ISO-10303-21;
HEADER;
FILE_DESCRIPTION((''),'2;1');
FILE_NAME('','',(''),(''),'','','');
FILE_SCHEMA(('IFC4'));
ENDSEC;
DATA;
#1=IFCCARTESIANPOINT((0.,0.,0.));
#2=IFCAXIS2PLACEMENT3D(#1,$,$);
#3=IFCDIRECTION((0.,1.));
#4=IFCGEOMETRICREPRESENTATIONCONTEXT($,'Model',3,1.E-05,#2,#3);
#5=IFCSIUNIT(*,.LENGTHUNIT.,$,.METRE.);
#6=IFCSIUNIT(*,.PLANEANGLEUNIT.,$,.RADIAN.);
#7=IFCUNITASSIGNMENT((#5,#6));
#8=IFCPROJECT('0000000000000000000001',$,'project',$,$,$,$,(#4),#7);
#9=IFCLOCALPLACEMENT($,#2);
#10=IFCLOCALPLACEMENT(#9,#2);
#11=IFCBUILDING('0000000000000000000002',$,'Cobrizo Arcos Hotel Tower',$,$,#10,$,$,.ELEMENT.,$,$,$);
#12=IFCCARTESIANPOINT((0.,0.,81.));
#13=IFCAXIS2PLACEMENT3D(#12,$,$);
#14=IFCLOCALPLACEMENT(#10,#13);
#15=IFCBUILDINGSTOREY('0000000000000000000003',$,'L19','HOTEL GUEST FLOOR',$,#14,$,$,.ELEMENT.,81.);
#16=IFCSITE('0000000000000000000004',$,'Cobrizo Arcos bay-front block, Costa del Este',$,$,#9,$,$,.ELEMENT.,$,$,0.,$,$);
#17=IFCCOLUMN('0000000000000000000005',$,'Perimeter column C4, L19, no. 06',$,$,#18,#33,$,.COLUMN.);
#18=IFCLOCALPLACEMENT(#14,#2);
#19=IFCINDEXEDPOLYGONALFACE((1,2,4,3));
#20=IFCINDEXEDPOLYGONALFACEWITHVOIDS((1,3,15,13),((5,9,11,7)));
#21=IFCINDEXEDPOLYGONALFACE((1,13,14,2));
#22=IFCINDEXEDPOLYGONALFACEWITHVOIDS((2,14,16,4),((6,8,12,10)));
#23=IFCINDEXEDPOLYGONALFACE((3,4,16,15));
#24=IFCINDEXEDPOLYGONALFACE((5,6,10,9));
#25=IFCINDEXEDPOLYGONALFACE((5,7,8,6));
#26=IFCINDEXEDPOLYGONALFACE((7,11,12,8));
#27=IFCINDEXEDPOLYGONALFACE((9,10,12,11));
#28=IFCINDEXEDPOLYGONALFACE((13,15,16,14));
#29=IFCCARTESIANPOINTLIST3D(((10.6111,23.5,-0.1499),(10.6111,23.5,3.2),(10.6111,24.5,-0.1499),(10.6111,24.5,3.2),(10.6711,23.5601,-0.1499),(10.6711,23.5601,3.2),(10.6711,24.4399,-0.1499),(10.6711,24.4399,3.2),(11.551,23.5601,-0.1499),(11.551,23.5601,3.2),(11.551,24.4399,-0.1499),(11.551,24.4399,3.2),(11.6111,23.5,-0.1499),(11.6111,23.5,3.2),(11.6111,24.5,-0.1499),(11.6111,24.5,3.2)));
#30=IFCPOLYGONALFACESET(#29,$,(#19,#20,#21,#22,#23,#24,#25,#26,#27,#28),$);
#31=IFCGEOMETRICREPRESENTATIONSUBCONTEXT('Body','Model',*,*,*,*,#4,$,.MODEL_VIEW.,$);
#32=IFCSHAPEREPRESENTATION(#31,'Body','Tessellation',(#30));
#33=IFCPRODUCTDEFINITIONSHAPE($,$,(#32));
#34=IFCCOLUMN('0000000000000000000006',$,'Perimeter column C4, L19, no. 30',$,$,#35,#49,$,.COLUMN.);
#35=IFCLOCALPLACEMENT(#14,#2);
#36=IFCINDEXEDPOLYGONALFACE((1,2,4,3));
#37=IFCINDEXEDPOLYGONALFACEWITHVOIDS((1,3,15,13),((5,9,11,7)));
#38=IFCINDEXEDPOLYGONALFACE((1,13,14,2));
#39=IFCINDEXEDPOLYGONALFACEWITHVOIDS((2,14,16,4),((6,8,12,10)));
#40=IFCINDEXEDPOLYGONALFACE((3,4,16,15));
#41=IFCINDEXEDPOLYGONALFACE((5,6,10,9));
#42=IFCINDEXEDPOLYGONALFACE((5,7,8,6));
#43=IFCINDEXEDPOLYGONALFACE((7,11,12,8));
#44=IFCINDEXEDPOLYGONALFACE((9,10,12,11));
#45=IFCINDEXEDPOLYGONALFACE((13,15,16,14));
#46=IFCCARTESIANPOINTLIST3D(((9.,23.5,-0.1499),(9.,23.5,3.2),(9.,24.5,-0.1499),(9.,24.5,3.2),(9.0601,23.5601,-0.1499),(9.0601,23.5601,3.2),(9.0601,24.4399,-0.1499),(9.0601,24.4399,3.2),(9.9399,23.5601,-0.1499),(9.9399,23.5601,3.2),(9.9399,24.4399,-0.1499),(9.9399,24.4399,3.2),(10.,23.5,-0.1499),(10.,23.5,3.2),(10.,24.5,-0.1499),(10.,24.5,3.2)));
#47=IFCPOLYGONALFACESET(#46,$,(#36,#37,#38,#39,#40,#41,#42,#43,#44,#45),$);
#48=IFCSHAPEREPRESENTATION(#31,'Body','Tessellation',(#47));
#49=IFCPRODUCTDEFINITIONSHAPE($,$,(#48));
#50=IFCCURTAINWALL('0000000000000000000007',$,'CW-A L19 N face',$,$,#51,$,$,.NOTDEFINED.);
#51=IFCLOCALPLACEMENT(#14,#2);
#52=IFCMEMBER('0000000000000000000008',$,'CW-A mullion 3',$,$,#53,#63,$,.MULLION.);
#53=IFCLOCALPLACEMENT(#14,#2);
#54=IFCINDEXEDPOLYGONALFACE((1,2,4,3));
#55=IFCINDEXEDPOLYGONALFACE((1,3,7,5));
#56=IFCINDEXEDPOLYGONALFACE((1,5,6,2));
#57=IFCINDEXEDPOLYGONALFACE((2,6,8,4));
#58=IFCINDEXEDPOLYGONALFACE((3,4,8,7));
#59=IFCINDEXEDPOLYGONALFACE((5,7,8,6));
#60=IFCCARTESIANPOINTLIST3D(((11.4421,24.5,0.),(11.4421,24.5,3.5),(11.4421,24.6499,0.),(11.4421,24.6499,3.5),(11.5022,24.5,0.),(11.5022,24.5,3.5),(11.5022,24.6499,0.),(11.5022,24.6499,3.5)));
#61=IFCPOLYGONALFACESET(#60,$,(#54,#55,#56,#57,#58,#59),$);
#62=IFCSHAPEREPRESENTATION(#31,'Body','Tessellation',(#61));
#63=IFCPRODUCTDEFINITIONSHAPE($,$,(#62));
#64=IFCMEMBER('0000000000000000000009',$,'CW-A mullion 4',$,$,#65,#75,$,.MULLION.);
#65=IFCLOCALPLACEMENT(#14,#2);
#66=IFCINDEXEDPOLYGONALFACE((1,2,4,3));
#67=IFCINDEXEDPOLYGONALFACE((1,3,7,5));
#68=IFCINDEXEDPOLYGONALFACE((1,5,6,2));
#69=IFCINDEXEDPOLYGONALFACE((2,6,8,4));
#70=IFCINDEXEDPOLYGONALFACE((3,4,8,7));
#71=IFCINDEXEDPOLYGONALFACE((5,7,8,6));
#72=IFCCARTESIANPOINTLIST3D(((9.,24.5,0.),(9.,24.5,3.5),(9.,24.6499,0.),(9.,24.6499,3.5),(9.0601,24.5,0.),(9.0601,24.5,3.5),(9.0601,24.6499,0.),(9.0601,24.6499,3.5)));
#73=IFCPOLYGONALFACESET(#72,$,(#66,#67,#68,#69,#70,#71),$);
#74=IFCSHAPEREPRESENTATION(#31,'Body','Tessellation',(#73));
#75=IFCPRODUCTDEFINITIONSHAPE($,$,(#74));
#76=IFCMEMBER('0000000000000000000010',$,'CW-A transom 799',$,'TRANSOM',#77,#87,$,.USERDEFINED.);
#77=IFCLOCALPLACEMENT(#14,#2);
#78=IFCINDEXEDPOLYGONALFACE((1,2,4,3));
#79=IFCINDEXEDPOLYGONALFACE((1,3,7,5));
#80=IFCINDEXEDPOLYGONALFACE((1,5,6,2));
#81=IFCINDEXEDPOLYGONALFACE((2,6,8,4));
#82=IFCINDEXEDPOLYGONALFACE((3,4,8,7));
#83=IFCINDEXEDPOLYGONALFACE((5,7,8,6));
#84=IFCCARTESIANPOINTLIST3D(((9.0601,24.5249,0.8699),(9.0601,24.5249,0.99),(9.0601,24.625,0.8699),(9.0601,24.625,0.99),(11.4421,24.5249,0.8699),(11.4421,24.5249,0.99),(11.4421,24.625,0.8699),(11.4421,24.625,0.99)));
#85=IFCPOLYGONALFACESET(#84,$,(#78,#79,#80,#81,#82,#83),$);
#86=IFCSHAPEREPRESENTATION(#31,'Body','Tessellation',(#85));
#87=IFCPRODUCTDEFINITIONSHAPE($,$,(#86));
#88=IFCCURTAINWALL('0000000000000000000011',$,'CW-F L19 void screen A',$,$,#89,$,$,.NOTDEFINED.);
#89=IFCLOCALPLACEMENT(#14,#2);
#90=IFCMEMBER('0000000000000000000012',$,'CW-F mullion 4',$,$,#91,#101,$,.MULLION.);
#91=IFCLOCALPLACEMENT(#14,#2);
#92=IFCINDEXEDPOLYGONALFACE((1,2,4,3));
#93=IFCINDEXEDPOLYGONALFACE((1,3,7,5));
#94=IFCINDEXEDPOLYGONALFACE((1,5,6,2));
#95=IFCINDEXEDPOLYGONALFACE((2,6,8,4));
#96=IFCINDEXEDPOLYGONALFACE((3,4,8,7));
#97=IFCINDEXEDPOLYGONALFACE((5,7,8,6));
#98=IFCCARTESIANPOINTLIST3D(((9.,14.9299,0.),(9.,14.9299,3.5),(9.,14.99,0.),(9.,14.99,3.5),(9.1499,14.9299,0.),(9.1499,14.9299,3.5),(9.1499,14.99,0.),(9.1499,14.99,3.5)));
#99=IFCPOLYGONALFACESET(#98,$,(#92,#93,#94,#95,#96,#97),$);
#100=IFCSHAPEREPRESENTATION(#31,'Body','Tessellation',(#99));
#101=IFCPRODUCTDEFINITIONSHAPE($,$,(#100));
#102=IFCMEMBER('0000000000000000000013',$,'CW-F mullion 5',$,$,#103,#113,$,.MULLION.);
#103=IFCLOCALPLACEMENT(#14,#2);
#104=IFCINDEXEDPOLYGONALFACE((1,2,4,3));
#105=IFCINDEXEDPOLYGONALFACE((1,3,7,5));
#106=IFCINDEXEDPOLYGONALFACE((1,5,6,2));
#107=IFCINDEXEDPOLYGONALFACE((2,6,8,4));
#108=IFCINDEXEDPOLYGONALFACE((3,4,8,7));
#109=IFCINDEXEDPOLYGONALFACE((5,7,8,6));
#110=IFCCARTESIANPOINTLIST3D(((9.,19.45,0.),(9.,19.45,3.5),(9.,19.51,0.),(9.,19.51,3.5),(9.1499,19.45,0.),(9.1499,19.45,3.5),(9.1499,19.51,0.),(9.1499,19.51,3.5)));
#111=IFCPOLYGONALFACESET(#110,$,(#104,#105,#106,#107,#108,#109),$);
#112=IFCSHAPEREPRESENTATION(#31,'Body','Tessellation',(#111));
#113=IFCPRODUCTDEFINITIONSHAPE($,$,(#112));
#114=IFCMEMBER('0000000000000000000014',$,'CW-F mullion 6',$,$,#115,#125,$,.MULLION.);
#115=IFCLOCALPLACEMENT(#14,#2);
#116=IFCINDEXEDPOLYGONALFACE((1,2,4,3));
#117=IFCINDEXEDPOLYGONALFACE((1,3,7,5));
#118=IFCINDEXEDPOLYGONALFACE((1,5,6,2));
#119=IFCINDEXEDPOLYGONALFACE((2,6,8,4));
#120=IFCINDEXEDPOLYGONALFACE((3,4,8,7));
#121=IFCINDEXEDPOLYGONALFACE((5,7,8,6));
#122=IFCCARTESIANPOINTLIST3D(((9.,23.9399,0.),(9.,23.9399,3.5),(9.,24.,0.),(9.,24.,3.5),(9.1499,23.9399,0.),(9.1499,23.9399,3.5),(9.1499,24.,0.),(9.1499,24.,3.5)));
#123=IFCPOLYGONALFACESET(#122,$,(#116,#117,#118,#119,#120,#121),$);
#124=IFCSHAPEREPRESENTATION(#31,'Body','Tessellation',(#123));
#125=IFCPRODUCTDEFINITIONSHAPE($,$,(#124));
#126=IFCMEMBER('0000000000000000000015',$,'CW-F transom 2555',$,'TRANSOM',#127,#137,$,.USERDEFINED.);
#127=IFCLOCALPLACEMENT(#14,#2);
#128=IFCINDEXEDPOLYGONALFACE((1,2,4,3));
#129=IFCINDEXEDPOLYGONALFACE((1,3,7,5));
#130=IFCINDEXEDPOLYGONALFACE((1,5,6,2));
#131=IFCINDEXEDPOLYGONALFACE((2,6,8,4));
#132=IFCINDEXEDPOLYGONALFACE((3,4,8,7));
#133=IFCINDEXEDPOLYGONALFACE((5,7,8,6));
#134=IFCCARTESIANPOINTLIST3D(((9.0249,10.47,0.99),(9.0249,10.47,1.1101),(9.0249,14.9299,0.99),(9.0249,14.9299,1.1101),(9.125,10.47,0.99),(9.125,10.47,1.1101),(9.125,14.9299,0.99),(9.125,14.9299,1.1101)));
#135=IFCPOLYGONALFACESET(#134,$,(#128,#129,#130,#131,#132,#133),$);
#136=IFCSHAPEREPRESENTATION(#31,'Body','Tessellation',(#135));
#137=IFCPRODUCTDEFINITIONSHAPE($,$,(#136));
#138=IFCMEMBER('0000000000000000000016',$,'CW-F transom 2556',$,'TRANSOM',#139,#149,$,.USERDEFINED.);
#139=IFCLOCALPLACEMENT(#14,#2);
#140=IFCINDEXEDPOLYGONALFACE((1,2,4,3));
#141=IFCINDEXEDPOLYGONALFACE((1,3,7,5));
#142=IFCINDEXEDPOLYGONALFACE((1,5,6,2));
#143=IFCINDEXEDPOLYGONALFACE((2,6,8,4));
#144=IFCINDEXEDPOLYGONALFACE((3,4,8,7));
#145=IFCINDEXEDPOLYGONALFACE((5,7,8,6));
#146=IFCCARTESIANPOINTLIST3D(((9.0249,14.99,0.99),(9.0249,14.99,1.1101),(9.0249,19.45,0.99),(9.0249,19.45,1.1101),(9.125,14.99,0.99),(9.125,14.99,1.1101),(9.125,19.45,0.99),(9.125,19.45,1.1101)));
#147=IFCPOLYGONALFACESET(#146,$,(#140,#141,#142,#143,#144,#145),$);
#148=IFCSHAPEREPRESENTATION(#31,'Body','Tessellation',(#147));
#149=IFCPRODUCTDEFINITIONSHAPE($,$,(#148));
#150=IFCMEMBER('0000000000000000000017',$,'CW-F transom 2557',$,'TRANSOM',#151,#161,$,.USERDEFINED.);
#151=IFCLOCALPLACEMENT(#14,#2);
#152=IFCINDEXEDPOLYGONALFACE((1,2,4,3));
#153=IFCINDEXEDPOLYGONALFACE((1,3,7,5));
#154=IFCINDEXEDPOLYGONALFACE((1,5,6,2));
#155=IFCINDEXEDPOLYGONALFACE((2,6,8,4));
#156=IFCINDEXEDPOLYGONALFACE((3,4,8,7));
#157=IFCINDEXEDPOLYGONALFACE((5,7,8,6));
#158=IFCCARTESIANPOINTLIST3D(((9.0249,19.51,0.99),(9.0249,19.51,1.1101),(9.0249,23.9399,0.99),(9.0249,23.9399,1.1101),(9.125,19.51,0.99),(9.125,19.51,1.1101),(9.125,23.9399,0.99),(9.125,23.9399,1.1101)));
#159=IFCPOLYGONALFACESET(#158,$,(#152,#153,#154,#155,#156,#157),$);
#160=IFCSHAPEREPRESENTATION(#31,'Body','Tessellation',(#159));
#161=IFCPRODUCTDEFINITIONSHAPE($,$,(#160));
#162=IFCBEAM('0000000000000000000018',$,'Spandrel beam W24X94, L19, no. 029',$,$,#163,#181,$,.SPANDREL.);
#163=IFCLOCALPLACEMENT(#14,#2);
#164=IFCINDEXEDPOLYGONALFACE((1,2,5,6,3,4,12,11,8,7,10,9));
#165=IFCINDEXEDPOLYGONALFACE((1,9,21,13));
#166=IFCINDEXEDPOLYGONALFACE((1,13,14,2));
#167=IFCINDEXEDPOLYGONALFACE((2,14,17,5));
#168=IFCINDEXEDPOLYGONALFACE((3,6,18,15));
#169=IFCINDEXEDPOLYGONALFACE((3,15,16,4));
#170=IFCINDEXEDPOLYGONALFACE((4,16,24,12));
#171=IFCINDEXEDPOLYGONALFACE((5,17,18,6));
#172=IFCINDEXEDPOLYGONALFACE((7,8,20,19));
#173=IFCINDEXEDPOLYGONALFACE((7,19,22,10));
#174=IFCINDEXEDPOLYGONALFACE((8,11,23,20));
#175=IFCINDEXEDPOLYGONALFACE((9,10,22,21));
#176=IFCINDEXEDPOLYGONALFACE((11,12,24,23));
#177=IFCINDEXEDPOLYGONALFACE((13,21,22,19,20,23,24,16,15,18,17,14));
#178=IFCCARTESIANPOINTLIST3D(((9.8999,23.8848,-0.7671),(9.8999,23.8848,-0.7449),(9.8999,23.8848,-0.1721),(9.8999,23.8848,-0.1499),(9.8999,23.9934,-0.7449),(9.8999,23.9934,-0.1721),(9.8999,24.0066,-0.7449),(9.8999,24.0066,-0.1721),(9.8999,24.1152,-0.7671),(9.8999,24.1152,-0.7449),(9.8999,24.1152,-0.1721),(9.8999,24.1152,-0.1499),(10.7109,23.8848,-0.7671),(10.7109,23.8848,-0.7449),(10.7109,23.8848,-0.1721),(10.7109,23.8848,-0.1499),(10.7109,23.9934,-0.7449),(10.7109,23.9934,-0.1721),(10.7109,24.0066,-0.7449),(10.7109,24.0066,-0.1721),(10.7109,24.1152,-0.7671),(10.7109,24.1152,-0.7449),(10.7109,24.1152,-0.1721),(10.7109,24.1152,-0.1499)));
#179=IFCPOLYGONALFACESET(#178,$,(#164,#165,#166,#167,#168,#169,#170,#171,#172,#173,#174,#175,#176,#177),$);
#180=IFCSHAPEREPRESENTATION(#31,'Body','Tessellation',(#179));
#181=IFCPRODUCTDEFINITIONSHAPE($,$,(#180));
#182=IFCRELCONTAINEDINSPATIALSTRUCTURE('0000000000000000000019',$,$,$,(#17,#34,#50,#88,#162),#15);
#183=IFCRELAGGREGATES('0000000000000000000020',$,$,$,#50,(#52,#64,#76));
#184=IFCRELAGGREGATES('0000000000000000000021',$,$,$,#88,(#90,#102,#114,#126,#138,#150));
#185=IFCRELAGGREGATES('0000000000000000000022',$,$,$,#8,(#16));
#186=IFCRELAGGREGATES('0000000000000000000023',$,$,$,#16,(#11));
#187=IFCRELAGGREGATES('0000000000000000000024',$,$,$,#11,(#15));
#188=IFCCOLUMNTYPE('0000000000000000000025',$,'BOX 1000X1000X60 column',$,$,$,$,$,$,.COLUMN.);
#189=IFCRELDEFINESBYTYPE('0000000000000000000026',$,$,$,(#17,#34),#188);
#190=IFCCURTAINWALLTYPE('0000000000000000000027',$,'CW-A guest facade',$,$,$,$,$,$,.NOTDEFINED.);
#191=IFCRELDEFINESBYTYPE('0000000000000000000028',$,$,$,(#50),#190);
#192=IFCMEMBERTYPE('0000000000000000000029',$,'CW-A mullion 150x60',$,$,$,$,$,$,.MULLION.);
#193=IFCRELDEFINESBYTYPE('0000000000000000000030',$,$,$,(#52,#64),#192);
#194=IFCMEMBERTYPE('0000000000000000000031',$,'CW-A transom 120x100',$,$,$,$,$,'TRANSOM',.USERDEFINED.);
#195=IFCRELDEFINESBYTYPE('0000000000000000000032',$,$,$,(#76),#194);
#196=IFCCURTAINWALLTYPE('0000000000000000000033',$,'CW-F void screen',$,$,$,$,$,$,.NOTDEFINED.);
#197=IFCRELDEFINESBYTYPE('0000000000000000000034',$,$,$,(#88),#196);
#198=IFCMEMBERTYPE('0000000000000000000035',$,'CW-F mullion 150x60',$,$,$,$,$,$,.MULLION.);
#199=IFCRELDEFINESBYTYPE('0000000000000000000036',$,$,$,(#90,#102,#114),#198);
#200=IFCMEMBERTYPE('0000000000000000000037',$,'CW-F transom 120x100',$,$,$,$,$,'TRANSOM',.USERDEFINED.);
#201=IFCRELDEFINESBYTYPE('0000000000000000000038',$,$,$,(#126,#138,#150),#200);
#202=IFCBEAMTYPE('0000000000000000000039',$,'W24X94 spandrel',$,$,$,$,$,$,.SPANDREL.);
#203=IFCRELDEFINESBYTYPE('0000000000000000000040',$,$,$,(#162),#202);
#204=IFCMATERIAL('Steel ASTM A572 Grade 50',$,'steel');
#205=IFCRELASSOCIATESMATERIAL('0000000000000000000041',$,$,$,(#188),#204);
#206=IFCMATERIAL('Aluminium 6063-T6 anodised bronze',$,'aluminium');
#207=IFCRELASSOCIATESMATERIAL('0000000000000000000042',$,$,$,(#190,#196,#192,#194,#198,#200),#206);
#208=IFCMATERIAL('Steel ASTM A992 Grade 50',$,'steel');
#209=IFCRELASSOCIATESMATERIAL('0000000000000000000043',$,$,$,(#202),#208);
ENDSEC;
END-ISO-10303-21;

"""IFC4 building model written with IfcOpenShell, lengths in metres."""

from ifc_helpers import new_model, si_unit, direction, frame, origin, origin_2d, place, context, subcontext, project, spatial, rectangle, hollow_rectangle, i_section, extrude, material, material_profile, profile_set, type_object, element, aggregate, save


model = new_model("IFC4")

# Units and contexts
model_context = context("Model", 3, precision=1e-05, world=origin(), true_north=direction((0.0, 1.0)))
body_context = subcontext(model_context, "Body", "Model", "MODEL_VIEW")
ifc_project = project(units=[si_unit("LENGTHUNIT", "METRE"), si_unit("PLANEANGLEUNIT", "RADIAN")], contexts=[model_context])

# Site, building, storey
site_placement = place(None, origin())
site = spatial("IfcSite", under=ifc_project, at=site_placement, Name="Cobrizo Arcos bay-front block, Costa del Este", CompositionType="ELEMENT", RefElevation=0.0)
building_placement = place(site_placement, origin())
building = spatial("IfcBuilding", under=site, at=building_placement, Name="Cobrizo Arcos Hotel Tower", CompositionType="ELEMENT")
storey_placement = place(building_placement, frame((0.0, 0.0, 81.0)))
storey = spatial("IfcBuildingStorey", under=building, at=storey_placement, Name="L19", Description="HOTEL GUEST FLOOR", CompositionType="ELEMENT", Elevation=81.0)

# Columns
ifc_material_1 = material(Name="Steel ASTM A572 Grade 50", Category="steel")
ifc_material_profile_1 = material_profile(ifc_material_1, hollow_rectangle(XDim=1.0, YDim=1.0, WallThickness=0.0601, at=origin_2d()), Name="BOX 1000X1000X60")
ifc_profile_set_1 = profile_set([ifc_material_profile_1], Name="Steel ASTM A572 Grade 50")
column_type = type_object("IfcColumnType", Name="BOX 1000X1000X60 column", PredefinedType="COLUMN", material=ifc_profile_set_1)
for number, where, z_axis, x_axis, name in (
    (1, (11.1111, 24.0, -0.1499), (0.0, 0.0, 1.0), (1.0, 0.0, 0.0), "Perimeter column C4, L19, no. 06"),
    (2, (9.5, 24.0, -0.1499), (0.0, 0.0, 1.0), (1.0, 0.0, 0.0), "Perimeter column C4, L19, no. 30"),
):
    element("IfcColumn", number, at=place(storey_placement, frame(where, z_axis=z_axis, x_axis=x_axis)), inside=storey, type_object=column_type, Name=name, PredefinedType="COLUMN", context=body_context, shape_type="SweptSolid", body=[
        extrude(hollow_rectangle(XDim=1.0, YDim=1.0, WallThickness=0.0601, at=origin_2d()), origin(), (0.0, 0.0, 1.0), 3.3499),
    ])

# Curtain walls, members
ifc_material_2 = material(Name="Aluminium 6063-T6 anodised bronze", Category="aluminium")
curtain_wall_type_1 = type_object("IfcCurtainWallType", Name="CW-A guest facade", PredefinedType="NOTDEFINED", material=ifc_material_2)
curtain_wall_1_placement = place(storey_placement, origin())
curtain_wall_1 = element("IfcCurtainWall", 3, at=curtain_wall_1_placement, inside=storey, type_object=curtain_wall_type_1, Name="CW-A L19 N face", PredefinedType="NOTDEFINED")
ifc_material_profile_2 = material_profile(ifc_material_2, rectangle(XDim=0.1499, YDim=0.0601, at=origin_2d()), Name="CW-A mullion 150x60")
ifc_profile_set_2 = profile_set([ifc_material_profile_2], Name="Aluminium 6063-T6 anodised bronze")
member_type_1 = type_object("IfcMemberType", Name="CW-A mullion 150x60", PredefinedType="MULLION", material=ifc_profile_set_2)
member_1_placement = place(storey_placement, frame((11.4722, 24.575, 0.0), z_axis=(0.0, 0.0, 1.0), x_axis=(0.0, 1.0, 0.0)))
member_1 = element("IfcMember", 4, at=member_1_placement, type_object=member_type_1, Name="CW-A mullion 3", PredefinedType="MULLION", context=body_context, shape_type="SweptSolid", body=[
    extrude(rectangle(XDim=0.1499, YDim=0.0601, at=origin_2d()), origin(), (0.0, 0.0, 1.0), 3.5),
])
member_2_placement = place(storey_placement, frame((9.03, 24.575, 0.0), z_axis=(0.0, 0.0, 1.0), x_axis=(0.0, 1.0, 0.0)))
member_2 = element("IfcMember", 5, at=member_2_placement, type_object=member_type_1, Name="CW-A mullion 4", PredefinedType="MULLION", context=body_context, shape_type="SweptSolid", body=[
    extrude(rectangle(XDim=0.1499, YDim=0.0601, at=origin_2d()), origin(), (0.0, 0.0, 1.0), 3.5),
])
ifc_material_profile_3 = material_profile(ifc_material_2, rectangle(XDim=0.1001, YDim=0.1201, at=origin_2d()), Name="CW-A transom 120x100")
ifc_profile_set_3 = profile_set([ifc_material_profile_3], Name="Aluminium 6063-T6 anodised bronze")
member_type_2 = type_object("IfcMemberType", Name="CW-A transom 120x100", ElementType="TRANSOM", PredefinedType="USERDEFINED", material=ifc_profile_set_3)
member_3_placement = place(storey_placement, frame((11.4421, 24.575, 0.9299), z_axis=(-1.0, 0.0, 0.0), x_axis=(0.0, -1.0, 0.0)))
member_3 = element("IfcMember", 6, at=member_3_placement, type_object=member_type_2, Name="CW-A transom 799", ObjectType="TRANSOM", PredefinedType="USERDEFINED", context=body_context, shape_type="SweptSolid", body=[
    extrude(rectangle(XDim=0.1001, YDim=0.1201, at=origin_2d()), origin(), (0.0, 0.0, 1.0), 2.3821),
])
curtain_wall_type_2 = type_object("IfcCurtainWallType", Name="CW-F void screen", PredefinedType="NOTDEFINED", material=ifc_material_2)
curtain_wall_2_placement = place(storey_placement, origin())
curtain_wall_2 = element("IfcCurtainWall", 7, at=curtain_wall_2_placement, inside=storey, type_object=curtain_wall_type_2, Name="CW-F L19 void screen A", PredefinedType="NOTDEFINED")
ifc_material_profile_4 = material_profile(ifc_material_2, rectangle(XDim=0.1499, YDim=0.0601, at=origin_2d()), Name="CW-F mullion 150x60")
ifc_profile_set_4 = profile_set([ifc_material_profile_4], Name="Aluminium 6063-T6 anodised bronze")
member_type_3 = type_object("IfcMemberType", Name="CW-F mullion 150x60", PredefinedType="MULLION", material=ifc_profile_set_4)
member_4_placement = place(storey_placement, frame((9.075, 14.96, 0.0), z_axis=(0.0, 0.0, 1.0), x_axis=(1.0, 0.0, 0.0)))
member_4 = element("IfcMember", 8, at=member_4_placement, type_object=member_type_3, Name="CW-F mullion 4", PredefinedType="MULLION", context=body_context, shape_type="SweptSolid", body=[
    extrude(rectangle(XDim=0.1499, YDim=0.0601, at=origin_2d()), origin(), (0.0, 0.0, 1.0), 3.5),
])
member_5_placement = place(storey_placement, frame((9.075, 19.48, 0.0), z_axis=(0.0, 0.0, 1.0), x_axis=(1.0, 0.0, 0.0)))
member_5 = element("IfcMember", 9, at=member_5_placement, type_object=member_type_3, Name="CW-F mullion 5", PredefinedType="MULLION", context=body_context, shape_type="SweptSolid", body=[
    extrude(rectangle(XDim=0.1499, YDim=0.0601, at=origin_2d()), origin(), (0.0, 0.0, 1.0), 3.5),
])
member_6_placement = place(storey_placement, frame((9.075, 23.97, 0.0), z_axis=(0.0, 0.0, 1.0), x_axis=(1.0, 0.0, 0.0)))
member_6 = element("IfcMember", 10, at=member_6_placement, type_object=member_type_3, Name="CW-F mullion 6", PredefinedType="MULLION", context=body_context, shape_type="SweptSolid", body=[
    extrude(rectangle(XDim=0.1499, YDim=0.0601, at=origin_2d()), origin(), (0.0, 0.0, 1.0), 3.5),
])
ifc_material_profile_5 = material_profile(ifc_material_2, rectangle(XDim=0.1001, YDim=0.1201, at=origin_2d()), Name="CW-F transom 120x100")
ifc_profile_set_5 = profile_set([ifc_material_profile_5], Name="Aluminium 6063-T6 anodised bronze")
member_type_4 = type_object("IfcMemberType", Name="CW-F transom 120x100", ElementType="TRANSOM", PredefinedType="USERDEFINED", material=ifc_profile_set_5)
member_7_placement = place(storey_placement, frame((9.075, 10.47, 1.05), z_axis=(0.0, 1.0, 0.0), x_axis=(-1.0, 0.0, 0.0)))
member_7 = element("IfcMember", 11, at=member_7_placement, type_object=member_type_4, Name="CW-F transom 2555", ObjectType="TRANSOM", PredefinedType="USERDEFINED", context=body_context, shape_type="SweptSolid", body=[
    extrude(rectangle(XDim=0.1001, YDim=0.1201, at=origin_2d()), origin(), (0.0, 0.0, 1.0), 4.46),
])
member_8_placement = place(storey_placement, frame((9.075, 14.99, 1.05), z_axis=(0.0, 1.0, 0.0), x_axis=(-1.0, 0.0, 0.0)))
member_8 = element("IfcMember", 12, at=member_8_placement, type_object=member_type_4, Name="CW-F transom 2556", ObjectType="TRANSOM", PredefinedType="USERDEFINED", context=body_context, shape_type="SweptSolid", body=[
    extrude(rectangle(XDim=0.1001, YDim=0.1201, at=origin_2d()), origin(), (0.0, 0.0, 1.0), 4.46),
])
member_9_placement = place(storey_placement, frame((9.075, 19.51, 1.05), z_axis=(0.0, 1.0, 0.0), x_axis=(-1.0, 0.0, 0.0)))
member_9 = element("IfcMember", 13, at=member_9_placement, type_object=member_type_4, Name="CW-F transom 2557", ObjectType="TRANSOM", PredefinedType="USERDEFINED", context=body_context, shape_type="SweptSolid", body=[
    extrude(rectangle(XDim=0.1001, YDim=0.1201, at=origin_2d()), origin(), (0.0, 0.0, 1.0), 4.4299),
])

# Beam
ifc_material_3 = material(Name="Steel ASTM A992 Grade 50", Category="steel")
ifc_material_profile_6 = material_profile(ifc_material_3, i_section(OverallWidth=0.2305, OverallDepth=0.6172, WebThickness=0.0132, FlangeThickness=0.0222, at=origin_2d()), Name="W24X94")
ifc_profile_set_6 = profile_set([ifc_material_profile_6], Name="Steel ASTM A992 Grade 50")
beam_type = type_object("IfcBeamType", Name="W24X94 spandrel", PredefinedType="SPANDREL", material=ifc_profile_set_6)
beam_1_placement = place(storey_placement, frame((9.8999, 24.0, -0.4585), z_axis=(1.0, 0.0, 0.0), x_axis=(0.0, 1.0, 0.0)))
element("IfcBeam", 14, at=beam_1_placement, inside=storey, type_object=beam_type, Name="Spandrel beam W24X94, L19, no. 029", PredefinedType="SPANDREL", context=body_context, shape_type="SweptSolid", body=[
    extrude(i_section(OverallWidth=0.2305, OverallDepth=0.6172, WebThickness=0.0132, FlangeThickness=0.0222, at=origin_2d()), origin(), (0.0, 0.0, 1.0), 0.811),
])

aggregate(curtain_wall_1, [member_1, member_2, member_3])
aggregate(curtain_wall_2, [member_4, member_5, member_6, member_7, member_8, member_9])

save(model, "model.ifc")
